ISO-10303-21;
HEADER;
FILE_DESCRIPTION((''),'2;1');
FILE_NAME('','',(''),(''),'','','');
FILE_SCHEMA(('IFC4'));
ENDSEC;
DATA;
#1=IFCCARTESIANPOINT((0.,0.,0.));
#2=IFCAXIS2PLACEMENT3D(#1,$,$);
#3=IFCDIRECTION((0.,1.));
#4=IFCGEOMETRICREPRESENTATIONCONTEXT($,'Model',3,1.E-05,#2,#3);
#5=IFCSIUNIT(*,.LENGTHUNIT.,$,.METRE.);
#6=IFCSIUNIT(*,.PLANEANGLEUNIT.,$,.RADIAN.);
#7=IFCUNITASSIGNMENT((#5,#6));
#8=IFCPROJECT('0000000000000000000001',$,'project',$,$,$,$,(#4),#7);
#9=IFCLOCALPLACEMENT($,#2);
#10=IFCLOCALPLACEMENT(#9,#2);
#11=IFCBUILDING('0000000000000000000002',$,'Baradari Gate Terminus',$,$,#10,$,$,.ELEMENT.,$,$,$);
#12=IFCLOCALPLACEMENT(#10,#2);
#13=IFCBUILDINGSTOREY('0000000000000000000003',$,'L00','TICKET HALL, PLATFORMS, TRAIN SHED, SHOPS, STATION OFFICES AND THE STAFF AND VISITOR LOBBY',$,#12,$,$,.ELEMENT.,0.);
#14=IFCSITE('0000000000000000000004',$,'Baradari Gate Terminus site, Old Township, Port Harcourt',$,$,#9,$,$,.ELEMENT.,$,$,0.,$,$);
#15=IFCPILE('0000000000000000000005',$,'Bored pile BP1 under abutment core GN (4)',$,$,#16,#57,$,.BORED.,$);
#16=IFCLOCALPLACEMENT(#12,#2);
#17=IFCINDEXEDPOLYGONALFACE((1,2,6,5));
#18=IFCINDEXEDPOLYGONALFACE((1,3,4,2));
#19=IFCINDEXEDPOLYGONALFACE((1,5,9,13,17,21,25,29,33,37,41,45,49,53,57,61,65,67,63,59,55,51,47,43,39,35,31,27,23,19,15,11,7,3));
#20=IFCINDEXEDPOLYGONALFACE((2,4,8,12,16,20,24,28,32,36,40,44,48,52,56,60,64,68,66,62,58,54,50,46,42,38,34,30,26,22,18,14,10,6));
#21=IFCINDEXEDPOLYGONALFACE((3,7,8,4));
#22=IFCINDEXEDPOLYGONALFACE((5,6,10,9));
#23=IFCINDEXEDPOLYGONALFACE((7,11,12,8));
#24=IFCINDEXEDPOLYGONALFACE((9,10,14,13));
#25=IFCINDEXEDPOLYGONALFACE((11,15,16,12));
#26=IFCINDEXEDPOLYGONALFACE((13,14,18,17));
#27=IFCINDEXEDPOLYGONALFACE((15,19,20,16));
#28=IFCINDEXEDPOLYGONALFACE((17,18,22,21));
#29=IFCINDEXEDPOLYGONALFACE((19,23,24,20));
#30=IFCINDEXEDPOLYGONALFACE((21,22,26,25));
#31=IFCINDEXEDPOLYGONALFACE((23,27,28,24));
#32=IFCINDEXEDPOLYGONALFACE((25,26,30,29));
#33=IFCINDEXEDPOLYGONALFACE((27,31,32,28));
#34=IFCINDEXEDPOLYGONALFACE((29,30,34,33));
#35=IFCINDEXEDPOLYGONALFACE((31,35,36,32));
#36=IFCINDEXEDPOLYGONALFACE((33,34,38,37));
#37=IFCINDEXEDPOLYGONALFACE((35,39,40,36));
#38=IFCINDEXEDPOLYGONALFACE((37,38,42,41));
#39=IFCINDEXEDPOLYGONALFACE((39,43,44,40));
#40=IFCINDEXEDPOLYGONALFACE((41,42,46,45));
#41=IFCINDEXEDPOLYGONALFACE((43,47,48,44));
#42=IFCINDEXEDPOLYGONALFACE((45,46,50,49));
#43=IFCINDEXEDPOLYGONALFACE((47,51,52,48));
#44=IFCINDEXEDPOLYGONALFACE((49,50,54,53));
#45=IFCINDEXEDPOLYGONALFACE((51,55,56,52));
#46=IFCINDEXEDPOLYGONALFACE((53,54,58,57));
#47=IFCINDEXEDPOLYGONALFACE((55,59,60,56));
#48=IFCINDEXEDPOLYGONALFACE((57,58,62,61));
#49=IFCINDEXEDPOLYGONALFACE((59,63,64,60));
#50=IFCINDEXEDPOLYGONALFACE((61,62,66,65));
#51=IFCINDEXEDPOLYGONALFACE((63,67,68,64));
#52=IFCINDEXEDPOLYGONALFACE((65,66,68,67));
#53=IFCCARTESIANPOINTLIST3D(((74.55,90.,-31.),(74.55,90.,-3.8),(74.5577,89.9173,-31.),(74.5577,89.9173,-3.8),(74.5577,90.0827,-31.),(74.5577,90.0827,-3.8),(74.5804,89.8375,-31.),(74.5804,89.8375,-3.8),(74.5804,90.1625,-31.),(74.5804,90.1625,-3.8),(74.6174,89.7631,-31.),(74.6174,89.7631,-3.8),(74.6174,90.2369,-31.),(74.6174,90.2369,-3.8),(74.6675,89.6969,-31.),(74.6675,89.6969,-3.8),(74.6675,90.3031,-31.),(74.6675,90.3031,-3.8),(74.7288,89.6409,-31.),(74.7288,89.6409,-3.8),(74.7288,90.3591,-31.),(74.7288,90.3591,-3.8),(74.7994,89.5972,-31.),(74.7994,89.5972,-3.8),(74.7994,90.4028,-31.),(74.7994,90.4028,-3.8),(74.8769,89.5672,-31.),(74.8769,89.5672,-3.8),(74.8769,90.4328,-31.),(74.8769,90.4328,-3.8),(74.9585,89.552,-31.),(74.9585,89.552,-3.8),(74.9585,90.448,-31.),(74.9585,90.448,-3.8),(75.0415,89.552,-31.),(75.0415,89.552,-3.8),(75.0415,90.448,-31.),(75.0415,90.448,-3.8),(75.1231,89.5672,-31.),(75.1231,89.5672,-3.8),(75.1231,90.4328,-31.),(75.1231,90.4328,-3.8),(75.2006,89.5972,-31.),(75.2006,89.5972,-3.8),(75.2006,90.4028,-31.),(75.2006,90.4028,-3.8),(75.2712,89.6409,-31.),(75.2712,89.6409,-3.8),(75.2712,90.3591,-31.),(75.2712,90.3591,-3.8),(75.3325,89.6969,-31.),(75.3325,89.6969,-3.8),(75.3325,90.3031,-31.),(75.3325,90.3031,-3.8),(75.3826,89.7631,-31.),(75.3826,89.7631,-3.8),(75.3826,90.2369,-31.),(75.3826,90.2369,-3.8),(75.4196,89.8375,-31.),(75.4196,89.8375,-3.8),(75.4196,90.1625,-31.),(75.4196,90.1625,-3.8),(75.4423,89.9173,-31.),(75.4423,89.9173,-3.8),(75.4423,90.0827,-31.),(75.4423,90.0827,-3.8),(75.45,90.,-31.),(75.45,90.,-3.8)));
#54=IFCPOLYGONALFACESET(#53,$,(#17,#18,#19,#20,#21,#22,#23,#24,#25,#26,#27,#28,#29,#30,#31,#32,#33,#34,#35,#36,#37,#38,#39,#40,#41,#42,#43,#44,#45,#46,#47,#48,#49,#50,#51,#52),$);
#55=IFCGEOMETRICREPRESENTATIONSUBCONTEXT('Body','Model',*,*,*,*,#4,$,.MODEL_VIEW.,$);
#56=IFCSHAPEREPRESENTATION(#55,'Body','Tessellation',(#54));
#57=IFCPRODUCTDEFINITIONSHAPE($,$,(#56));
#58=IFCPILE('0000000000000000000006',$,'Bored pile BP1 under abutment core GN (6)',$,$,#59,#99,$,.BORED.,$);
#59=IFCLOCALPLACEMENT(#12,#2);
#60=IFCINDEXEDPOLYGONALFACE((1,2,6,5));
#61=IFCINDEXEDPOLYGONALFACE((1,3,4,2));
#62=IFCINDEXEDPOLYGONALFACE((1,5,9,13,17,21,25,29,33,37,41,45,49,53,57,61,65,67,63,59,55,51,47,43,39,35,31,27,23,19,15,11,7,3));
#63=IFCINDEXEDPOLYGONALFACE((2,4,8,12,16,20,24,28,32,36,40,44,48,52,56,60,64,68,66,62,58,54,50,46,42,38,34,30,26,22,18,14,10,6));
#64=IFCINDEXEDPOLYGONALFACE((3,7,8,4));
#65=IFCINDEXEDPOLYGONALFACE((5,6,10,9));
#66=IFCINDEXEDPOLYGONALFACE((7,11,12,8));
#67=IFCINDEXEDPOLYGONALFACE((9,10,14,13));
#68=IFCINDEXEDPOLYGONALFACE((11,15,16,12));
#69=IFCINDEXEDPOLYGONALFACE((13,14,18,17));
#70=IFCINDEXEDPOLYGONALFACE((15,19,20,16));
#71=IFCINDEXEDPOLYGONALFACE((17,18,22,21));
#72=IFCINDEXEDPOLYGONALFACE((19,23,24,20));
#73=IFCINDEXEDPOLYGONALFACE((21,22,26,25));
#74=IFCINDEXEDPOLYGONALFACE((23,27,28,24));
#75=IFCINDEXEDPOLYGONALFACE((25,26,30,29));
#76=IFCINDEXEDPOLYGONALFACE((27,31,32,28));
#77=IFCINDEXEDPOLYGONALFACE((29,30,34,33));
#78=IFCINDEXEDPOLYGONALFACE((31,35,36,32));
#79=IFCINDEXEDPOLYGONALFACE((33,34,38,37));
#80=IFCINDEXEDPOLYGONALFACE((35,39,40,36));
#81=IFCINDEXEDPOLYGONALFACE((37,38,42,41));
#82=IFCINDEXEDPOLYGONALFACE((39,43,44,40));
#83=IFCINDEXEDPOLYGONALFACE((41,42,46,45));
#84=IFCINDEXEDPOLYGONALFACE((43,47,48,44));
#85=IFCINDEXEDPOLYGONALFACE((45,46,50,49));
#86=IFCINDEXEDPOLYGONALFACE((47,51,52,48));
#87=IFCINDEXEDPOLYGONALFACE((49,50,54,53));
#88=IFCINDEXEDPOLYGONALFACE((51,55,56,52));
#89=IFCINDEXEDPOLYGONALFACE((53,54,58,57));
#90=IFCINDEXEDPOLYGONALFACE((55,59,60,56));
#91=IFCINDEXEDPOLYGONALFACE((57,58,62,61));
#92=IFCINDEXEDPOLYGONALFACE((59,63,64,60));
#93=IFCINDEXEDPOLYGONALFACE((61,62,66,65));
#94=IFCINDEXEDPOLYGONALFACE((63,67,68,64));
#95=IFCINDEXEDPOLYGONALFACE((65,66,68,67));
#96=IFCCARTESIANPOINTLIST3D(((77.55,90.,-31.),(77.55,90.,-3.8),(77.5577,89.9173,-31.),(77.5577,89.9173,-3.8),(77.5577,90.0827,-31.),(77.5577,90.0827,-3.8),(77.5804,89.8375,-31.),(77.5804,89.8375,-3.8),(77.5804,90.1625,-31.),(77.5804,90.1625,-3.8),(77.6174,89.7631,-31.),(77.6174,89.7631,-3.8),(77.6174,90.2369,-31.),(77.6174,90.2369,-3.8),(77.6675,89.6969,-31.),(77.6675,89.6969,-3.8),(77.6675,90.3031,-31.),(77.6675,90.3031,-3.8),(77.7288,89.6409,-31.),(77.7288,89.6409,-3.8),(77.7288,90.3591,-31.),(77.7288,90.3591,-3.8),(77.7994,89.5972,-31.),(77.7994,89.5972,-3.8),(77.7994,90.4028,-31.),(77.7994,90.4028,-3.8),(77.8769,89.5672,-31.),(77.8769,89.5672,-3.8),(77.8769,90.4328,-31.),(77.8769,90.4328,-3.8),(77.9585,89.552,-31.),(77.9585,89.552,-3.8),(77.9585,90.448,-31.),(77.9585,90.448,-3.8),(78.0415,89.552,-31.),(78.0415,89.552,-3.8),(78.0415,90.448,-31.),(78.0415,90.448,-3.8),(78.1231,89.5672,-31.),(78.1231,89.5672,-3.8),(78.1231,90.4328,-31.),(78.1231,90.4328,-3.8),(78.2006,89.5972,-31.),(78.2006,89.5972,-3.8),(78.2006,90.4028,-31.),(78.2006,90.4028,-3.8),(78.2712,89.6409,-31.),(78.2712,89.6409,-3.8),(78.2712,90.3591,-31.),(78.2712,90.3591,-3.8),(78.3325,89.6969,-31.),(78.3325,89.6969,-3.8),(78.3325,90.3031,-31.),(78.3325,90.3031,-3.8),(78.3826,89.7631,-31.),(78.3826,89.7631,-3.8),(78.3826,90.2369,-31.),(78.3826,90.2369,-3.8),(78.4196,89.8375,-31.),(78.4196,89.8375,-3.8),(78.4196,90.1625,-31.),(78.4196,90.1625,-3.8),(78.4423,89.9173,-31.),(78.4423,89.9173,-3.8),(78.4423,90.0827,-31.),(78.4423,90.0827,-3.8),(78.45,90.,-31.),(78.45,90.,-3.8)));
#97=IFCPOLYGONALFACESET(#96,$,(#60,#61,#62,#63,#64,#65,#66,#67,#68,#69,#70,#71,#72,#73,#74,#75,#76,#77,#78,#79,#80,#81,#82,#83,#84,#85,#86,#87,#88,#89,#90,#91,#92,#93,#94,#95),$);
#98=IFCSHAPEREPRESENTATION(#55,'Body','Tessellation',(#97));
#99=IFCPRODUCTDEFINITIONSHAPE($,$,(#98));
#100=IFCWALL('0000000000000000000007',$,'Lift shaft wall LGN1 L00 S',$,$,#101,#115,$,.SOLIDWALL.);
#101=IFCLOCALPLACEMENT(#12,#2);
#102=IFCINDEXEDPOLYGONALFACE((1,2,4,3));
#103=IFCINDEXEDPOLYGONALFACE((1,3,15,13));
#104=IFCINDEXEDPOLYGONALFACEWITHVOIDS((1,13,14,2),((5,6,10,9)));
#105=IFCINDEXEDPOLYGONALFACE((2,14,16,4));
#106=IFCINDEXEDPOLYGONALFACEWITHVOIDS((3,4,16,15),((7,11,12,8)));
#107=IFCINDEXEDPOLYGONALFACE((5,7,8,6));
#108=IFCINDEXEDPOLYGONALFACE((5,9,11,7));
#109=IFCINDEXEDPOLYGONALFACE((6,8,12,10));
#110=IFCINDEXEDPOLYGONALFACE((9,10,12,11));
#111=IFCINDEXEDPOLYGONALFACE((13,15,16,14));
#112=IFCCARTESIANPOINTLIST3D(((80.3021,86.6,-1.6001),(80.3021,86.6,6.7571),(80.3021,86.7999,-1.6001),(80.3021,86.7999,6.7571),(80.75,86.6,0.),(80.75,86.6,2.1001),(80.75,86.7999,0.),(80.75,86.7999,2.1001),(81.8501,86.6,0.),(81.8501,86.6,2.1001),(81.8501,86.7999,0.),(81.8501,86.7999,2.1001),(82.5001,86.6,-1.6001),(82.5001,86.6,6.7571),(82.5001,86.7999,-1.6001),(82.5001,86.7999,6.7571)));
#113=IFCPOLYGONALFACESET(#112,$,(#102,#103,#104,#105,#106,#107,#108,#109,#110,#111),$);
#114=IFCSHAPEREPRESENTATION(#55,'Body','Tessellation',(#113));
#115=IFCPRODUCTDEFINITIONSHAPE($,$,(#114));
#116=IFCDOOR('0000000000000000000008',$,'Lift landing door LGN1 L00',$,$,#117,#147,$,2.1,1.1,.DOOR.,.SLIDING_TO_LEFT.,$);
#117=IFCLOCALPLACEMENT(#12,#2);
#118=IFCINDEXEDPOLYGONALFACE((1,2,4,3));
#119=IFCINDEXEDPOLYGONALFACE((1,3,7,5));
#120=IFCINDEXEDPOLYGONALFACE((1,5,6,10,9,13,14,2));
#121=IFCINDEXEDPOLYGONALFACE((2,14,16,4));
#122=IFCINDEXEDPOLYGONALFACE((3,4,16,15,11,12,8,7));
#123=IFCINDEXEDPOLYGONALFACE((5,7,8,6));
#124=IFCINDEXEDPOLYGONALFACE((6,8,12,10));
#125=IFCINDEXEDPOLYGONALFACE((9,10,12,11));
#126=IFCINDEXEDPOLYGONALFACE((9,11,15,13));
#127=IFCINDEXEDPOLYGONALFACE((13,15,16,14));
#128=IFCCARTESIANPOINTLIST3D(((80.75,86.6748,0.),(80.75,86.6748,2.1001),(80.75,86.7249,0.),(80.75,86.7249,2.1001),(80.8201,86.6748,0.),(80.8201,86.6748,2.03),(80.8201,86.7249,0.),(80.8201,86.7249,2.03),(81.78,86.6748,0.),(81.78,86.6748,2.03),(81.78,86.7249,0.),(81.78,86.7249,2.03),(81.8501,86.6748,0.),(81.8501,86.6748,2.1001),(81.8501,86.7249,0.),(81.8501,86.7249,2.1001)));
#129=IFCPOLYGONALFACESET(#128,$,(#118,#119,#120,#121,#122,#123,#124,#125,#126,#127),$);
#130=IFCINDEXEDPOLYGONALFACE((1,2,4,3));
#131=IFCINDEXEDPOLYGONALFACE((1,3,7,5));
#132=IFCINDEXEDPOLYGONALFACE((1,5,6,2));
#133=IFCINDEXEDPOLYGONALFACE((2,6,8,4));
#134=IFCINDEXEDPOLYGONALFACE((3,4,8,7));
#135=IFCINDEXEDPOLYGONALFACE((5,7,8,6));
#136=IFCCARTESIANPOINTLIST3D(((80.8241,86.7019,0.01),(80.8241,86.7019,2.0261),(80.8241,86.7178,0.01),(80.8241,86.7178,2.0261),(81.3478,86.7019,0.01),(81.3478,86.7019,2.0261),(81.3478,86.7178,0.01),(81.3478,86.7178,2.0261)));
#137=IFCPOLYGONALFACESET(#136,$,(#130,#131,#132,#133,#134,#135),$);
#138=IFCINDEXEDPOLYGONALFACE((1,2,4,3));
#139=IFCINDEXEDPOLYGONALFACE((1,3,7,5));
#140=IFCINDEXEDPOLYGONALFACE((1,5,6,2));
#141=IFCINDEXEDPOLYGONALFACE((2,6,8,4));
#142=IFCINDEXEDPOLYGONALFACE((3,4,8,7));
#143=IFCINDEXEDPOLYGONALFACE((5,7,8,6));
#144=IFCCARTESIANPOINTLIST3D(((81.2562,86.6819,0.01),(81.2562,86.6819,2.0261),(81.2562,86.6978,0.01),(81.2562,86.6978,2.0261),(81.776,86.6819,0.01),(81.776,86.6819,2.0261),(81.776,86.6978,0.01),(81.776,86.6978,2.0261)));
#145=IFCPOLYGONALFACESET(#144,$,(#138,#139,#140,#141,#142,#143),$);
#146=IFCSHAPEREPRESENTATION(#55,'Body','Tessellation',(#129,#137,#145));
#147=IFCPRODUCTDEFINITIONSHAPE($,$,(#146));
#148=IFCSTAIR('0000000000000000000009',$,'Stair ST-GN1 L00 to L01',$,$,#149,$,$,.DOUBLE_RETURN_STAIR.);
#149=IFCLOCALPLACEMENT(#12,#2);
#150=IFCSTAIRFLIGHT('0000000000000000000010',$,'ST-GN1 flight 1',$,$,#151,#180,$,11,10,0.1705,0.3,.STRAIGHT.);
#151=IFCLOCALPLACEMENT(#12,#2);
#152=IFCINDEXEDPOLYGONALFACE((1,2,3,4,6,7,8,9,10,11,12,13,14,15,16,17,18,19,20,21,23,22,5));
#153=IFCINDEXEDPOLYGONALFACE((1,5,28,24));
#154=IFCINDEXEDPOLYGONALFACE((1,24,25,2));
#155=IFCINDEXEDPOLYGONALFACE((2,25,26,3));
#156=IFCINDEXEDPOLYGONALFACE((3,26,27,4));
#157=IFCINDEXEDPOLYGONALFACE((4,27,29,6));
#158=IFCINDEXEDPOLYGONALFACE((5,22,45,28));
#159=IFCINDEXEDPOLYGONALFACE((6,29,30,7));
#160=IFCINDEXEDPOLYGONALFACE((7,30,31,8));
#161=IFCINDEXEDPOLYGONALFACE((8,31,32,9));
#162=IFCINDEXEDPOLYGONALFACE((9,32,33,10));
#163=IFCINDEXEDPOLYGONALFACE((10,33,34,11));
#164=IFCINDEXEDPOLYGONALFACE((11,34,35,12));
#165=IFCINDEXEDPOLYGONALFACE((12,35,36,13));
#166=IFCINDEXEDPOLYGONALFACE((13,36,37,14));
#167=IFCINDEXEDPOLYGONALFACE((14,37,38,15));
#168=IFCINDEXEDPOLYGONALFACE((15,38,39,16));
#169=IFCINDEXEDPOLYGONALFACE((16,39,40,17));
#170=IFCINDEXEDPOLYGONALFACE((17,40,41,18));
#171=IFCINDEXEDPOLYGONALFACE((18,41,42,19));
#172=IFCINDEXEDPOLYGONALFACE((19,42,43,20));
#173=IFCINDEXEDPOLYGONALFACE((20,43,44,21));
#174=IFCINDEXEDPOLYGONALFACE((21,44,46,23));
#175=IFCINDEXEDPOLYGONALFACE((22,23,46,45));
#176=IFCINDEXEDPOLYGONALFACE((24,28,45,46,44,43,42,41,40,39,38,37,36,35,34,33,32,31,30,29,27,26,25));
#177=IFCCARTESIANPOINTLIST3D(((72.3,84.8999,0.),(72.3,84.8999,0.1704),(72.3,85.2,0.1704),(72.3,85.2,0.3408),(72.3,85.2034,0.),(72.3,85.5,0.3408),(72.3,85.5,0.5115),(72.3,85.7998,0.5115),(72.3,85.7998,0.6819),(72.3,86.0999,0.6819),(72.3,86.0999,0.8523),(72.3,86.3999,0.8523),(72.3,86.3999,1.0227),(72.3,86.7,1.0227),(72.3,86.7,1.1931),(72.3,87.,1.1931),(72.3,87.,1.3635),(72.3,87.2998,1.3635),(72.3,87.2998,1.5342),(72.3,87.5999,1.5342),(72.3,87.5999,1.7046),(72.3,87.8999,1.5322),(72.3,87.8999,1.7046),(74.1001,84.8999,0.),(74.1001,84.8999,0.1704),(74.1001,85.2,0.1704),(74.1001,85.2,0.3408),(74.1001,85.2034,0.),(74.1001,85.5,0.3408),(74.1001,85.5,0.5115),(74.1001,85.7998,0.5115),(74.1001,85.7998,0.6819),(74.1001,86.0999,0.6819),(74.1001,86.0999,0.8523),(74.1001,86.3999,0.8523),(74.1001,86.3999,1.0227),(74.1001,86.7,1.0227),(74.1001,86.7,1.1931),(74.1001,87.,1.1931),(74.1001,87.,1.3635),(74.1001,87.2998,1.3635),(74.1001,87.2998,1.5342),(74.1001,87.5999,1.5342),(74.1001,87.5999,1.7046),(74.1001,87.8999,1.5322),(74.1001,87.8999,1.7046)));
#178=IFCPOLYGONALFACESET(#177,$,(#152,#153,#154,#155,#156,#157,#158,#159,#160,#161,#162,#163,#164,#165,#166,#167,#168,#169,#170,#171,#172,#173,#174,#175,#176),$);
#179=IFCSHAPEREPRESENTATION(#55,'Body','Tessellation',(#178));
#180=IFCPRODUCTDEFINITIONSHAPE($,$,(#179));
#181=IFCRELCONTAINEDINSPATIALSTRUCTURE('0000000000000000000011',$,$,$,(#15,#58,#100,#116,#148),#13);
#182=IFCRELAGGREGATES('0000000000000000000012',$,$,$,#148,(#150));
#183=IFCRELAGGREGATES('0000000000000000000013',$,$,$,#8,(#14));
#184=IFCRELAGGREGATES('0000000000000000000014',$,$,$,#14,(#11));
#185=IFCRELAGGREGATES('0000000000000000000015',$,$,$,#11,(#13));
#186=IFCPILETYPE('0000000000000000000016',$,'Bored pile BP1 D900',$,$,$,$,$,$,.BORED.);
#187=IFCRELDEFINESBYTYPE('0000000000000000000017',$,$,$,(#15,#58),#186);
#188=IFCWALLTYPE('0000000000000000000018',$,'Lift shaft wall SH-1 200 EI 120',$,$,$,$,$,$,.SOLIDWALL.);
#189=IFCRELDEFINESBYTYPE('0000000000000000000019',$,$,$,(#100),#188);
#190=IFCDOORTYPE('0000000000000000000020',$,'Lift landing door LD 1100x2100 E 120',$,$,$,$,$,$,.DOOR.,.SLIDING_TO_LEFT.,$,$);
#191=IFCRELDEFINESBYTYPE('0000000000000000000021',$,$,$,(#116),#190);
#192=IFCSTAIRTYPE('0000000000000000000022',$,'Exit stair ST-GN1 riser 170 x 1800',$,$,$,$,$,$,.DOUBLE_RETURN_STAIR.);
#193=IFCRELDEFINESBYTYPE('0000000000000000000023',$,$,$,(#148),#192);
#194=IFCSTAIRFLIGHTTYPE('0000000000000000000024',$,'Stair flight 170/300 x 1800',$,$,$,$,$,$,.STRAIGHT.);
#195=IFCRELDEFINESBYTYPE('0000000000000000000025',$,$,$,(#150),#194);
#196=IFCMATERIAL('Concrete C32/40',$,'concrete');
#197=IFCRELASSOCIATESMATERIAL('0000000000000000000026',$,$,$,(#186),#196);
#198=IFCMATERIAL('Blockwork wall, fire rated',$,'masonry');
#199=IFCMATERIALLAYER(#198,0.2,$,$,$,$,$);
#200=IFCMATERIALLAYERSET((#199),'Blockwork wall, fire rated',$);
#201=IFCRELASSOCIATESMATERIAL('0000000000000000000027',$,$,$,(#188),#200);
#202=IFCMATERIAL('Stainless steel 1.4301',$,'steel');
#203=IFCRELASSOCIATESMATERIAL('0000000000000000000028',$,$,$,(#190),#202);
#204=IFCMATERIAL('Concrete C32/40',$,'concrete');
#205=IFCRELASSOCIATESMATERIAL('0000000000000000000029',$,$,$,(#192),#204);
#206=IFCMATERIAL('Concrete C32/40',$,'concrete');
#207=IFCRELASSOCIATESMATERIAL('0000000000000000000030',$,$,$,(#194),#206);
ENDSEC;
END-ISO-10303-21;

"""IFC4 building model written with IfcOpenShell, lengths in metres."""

from ifc_helpers import new_model, si_unit, direction, frame, frame_2d, origin, origin_2d, place, context, subcontext, project, spatial, polyline, rectangle, circle, outline, extrude, material, layer, layer_set, type_object, element, fill, aggregate, save


model = new_model("IFC4")

# Units and contexts
model_context = context("Model", 3, precision=1e-05, world=origin(), true_north=direction((0.0, 1.0)))
body_context = subcontext(model_context, "Body", "Model", "MODEL_VIEW")
ifc_project = project(units=[si_unit("LENGTHUNIT", "METRE"), si_unit("PLANEANGLEUNIT", "RADIAN")], contexts=[model_context])

# Site, building, storey
site_placement = place(None, origin())
site = spatial("IfcSite", under=ifc_project, at=site_placement, Name="Baradari Gate Terminus site, Old Township, Port Harcourt", CompositionType="ELEMENT", RefElevation=0.0)
building_placement = place(site_placement, origin())
building = spatial("IfcBuilding", under=site, at=building_placement, Name="Baradari Gate Terminus", CompositionType="ELEMENT")
storey_placement = place(building_placement, origin())
storey = spatial("IfcBuildingStorey", under=building, at=storey_placement, Name="L00", Description="TICKET HALL, PLATFORMS, TRAIN SHED, SHOPS, STATION OFFICES AND THE STAFF AND VISITOR LOBBY", CompositionType="ELEMENT", Elevation=0.0)

# Piles
ifc_material_1 = material(Name="Concrete C32/40", Category="concrete")
pile_type = type_object("IfcPileType", Name="Bored pile BP1 D900", PredefinedType="BORED", material=ifc_material_1)
for number, where, z_axis, x_axis, name in (
    (1, (75.0, 90.0, -3.8), (0.0, 0.0, -1.0), (1.0, 0.0, 0.0), "Bored pile BP1 under abutment core GN (4)"),
    (2, (78.0, 90.0, -3.8), (0.0, 0.0, -1.0), (1.0, 0.0, 0.0), "Bored pile BP1 under abutment core GN (6)"),
):
    element("IfcPile", number, at=place(storey_placement, frame(where, z_axis=z_axis, x_axis=x_axis)), inside=storey, type_object=pile_type, Name=name, PredefinedType="BORED", context=body_context, shape_type="SweptSolid", body=[
        extrude(circle(Radius=0.45, at=origin_2d()), origin(), (0.0, 0.0, 1.0), 27.2),
    ])

# Wall, opening, door
ifc_material_2 = material(Name="Blockwork wall, fire rated", Category="masonry")
ifc_layer = layer(ifc_material_2, 0.2)
ifc_layer_set = layer_set([ifc_layer], Name="Blockwork wall, fire rated")
wall_type = type_object("IfcWallType", Name="Lift shaft wall SH-1 200 EI 120", PredefinedType="SOLIDWALL", material=ifc_layer_set)
wall_placement = place(storey_placement, frame((80.302, 86.7, -1.6001), z_axis=(0.0, 0.0, 1.0), x_axis=(1.0, 0.0, 0.0)))
wall = element("IfcWall", 3, at=wall_placement, inside=storey, type_object=wall_type, Name="Lift shaft wall LGN1 L00 S", PredefinedType="SOLIDWALL", context=body_context, shape_type="SweptSolid", body=[
    extrude(rectangle(XDim=2.198, YDim=0.2, at=frame_2d((1.0991, 0.0))), origin(), (0.0, 0.0, 1.0), 8.3572),
])
opening_placement = place(wall_placement, frame((0.448, 0.0, 1.6001)))
opening = element("IfcOpeningElement", 4, at=opening_placement, cuts=wall, PredefinedType="OPENING", context=body_context, shape_type="SweptSolid", body=[
    extrude(rectangle(XDim=1.1001, YDim=2.1001, at=frame_2d((0.55, 1.05))), frame((0.0, 0.1099, 0.0), z_axis=(0.0, -1.0, 0.0), x_axis=(1.0, 0.0, 0.0)), (0.0, 0.0, 1.0), 0.22),
])
ifc_material_3 = material(Name="Stainless steel 1.4301", Category="steel")
door_type = type_object("IfcDoorType", Name="Lift landing door LD 1100x2100 E 120", OperationType="SLIDING_TO_LEFT", PredefinedType="DOOR", material=ifc_material_3)
door_placement = place(opening_placement, origin())
door = element("IfcDoor", 5, at=door_placement, inside=storey, type_object=door_type, Name="Lift landing door LGN1 L00", OperationType="SLIDING_TO_LEFT", OverallHeight=2.1, OverallWidth=1.1, PredefinedType="DOOR", context=body_context, shape_type="SweptSolid", body=[
    extrude(outline(polyline([(0.0, 0.0), (0.0701, 0.0), (0.0701, 2.03), (1.03, 2.03), (1.03, 0.0), (1.1001, 0.0), (1.1001, 2.1001), (0.0, 2.1001), (0.0, 0.0)])), frame((0.0, 0.0249, 0.0), z_axis=(0.0, -1.0, 0.0), x_axis=(1.0, 0.0, 0.0)), (0.0, 0.0, 1.0), 0.05),
    extrude(rectangle(XDim=0.5237, YDim=2.0161, at=frame_2d((0.3359, 1.0181))), frame((0.0, 0.0178, 0.0), z_axis=(0.0, -1.0, 0.0), x_axis=(1.0, 0.0, 0.0)), (0.0, 0.0, 1.0), 0.0159),
    extrude(rectangle(XDim=0.5198, YDim=2.0161, at=frame_2d((0.7661, 1.0181))), frame((0.0, -0.0022, 0.0), z_axis=(0.0, -1.0, 0.0), x_axis=(1.0, 0.0, 0.0)), (0.0, 0.0, 1.0), 0.0159),
])
fill(opening, door)

# Stair, stair flight
ifc_material_4 = material(Name="Concrete C32/40", Category="concrete")
stair_type_1 = type_object("IfcStairType", Name="Exit stair ST-GN1 riser 170 x 1800", PredefinedType="DOUBLE_RETURN_STAIR", material=ifc_material_4)
stair_1_placement = place(storey_placement, origin())
stair_1 = element("IfcStair", 6, at=stair_1_placement, inside=storey, type_object=stair_type_1, Name="Stair ST-GN1 L00 to L01", PredefinedType="DOUBLE_RETURN_STAIR")
ifc_material_5 = material(Name="Concrete C32/40", Category="concrete")
stair_flight_type = type_object("IfcStairFlightType", Name="Stair flight 170/300 x 1800", PredefinedType="STRAIGHT", material=ifc_material_5)
stair_flight_1_placement = place(storey_placement, frame((73.2, 84.8999, 0.0), z_axis=(0.0, 0.0, 1.0), x_axis=(0.0, 1.0, 0.0)))
stair_flight_1 = element("IfcStairFlight", 7, at=stair_flight_1_placement, type_object=stair_flight_type, Name="ST-GN1 flight 1", NumberOfRisers=11, NumberOfTreads=10, PredefinedType="STRAIGHT", RiserHeight=0.1705, TreadLength=0.3, context=body_context, shape_type="SweptSolid", body=[
    extrude(outline(polyline([(0.0, 0.0), (0.0, 0.1704), (0.3, 0.1704), (0.3, 0.3408), (0.6001, 0.3408), (0.6001, 0.5115), (0.8999, 0.5115), (0.8999, 0.6819), (1.2, 0.6819), (1.2, 0.8523), (1.5, 0.8523), (1.5, 1.0227), (1.8, 1.0227), (1.8, 1.1931), (2.1001, 1.1931), (2.1001, 1.3635), (2.3999, 1.3635), (2.3999, 1.5342), (2.7, 1.5342), (2.7, 1.7046), (3.0, 1.7046), (3.0, 1.875), (3.0, 1.5322), (0.3035, 0.0), (0.0, 0.0)])), frame((0.0, 0.8999, 0.0), z_axis=(0.0, -1.0, 0.0), x_axis=(1.0, 0.0, 0.0)), (0.0, 0.0, 1.0), 1.8),
])
aggregate(stair_1, [stair_flight_1])

save(model, "model.ifc")
